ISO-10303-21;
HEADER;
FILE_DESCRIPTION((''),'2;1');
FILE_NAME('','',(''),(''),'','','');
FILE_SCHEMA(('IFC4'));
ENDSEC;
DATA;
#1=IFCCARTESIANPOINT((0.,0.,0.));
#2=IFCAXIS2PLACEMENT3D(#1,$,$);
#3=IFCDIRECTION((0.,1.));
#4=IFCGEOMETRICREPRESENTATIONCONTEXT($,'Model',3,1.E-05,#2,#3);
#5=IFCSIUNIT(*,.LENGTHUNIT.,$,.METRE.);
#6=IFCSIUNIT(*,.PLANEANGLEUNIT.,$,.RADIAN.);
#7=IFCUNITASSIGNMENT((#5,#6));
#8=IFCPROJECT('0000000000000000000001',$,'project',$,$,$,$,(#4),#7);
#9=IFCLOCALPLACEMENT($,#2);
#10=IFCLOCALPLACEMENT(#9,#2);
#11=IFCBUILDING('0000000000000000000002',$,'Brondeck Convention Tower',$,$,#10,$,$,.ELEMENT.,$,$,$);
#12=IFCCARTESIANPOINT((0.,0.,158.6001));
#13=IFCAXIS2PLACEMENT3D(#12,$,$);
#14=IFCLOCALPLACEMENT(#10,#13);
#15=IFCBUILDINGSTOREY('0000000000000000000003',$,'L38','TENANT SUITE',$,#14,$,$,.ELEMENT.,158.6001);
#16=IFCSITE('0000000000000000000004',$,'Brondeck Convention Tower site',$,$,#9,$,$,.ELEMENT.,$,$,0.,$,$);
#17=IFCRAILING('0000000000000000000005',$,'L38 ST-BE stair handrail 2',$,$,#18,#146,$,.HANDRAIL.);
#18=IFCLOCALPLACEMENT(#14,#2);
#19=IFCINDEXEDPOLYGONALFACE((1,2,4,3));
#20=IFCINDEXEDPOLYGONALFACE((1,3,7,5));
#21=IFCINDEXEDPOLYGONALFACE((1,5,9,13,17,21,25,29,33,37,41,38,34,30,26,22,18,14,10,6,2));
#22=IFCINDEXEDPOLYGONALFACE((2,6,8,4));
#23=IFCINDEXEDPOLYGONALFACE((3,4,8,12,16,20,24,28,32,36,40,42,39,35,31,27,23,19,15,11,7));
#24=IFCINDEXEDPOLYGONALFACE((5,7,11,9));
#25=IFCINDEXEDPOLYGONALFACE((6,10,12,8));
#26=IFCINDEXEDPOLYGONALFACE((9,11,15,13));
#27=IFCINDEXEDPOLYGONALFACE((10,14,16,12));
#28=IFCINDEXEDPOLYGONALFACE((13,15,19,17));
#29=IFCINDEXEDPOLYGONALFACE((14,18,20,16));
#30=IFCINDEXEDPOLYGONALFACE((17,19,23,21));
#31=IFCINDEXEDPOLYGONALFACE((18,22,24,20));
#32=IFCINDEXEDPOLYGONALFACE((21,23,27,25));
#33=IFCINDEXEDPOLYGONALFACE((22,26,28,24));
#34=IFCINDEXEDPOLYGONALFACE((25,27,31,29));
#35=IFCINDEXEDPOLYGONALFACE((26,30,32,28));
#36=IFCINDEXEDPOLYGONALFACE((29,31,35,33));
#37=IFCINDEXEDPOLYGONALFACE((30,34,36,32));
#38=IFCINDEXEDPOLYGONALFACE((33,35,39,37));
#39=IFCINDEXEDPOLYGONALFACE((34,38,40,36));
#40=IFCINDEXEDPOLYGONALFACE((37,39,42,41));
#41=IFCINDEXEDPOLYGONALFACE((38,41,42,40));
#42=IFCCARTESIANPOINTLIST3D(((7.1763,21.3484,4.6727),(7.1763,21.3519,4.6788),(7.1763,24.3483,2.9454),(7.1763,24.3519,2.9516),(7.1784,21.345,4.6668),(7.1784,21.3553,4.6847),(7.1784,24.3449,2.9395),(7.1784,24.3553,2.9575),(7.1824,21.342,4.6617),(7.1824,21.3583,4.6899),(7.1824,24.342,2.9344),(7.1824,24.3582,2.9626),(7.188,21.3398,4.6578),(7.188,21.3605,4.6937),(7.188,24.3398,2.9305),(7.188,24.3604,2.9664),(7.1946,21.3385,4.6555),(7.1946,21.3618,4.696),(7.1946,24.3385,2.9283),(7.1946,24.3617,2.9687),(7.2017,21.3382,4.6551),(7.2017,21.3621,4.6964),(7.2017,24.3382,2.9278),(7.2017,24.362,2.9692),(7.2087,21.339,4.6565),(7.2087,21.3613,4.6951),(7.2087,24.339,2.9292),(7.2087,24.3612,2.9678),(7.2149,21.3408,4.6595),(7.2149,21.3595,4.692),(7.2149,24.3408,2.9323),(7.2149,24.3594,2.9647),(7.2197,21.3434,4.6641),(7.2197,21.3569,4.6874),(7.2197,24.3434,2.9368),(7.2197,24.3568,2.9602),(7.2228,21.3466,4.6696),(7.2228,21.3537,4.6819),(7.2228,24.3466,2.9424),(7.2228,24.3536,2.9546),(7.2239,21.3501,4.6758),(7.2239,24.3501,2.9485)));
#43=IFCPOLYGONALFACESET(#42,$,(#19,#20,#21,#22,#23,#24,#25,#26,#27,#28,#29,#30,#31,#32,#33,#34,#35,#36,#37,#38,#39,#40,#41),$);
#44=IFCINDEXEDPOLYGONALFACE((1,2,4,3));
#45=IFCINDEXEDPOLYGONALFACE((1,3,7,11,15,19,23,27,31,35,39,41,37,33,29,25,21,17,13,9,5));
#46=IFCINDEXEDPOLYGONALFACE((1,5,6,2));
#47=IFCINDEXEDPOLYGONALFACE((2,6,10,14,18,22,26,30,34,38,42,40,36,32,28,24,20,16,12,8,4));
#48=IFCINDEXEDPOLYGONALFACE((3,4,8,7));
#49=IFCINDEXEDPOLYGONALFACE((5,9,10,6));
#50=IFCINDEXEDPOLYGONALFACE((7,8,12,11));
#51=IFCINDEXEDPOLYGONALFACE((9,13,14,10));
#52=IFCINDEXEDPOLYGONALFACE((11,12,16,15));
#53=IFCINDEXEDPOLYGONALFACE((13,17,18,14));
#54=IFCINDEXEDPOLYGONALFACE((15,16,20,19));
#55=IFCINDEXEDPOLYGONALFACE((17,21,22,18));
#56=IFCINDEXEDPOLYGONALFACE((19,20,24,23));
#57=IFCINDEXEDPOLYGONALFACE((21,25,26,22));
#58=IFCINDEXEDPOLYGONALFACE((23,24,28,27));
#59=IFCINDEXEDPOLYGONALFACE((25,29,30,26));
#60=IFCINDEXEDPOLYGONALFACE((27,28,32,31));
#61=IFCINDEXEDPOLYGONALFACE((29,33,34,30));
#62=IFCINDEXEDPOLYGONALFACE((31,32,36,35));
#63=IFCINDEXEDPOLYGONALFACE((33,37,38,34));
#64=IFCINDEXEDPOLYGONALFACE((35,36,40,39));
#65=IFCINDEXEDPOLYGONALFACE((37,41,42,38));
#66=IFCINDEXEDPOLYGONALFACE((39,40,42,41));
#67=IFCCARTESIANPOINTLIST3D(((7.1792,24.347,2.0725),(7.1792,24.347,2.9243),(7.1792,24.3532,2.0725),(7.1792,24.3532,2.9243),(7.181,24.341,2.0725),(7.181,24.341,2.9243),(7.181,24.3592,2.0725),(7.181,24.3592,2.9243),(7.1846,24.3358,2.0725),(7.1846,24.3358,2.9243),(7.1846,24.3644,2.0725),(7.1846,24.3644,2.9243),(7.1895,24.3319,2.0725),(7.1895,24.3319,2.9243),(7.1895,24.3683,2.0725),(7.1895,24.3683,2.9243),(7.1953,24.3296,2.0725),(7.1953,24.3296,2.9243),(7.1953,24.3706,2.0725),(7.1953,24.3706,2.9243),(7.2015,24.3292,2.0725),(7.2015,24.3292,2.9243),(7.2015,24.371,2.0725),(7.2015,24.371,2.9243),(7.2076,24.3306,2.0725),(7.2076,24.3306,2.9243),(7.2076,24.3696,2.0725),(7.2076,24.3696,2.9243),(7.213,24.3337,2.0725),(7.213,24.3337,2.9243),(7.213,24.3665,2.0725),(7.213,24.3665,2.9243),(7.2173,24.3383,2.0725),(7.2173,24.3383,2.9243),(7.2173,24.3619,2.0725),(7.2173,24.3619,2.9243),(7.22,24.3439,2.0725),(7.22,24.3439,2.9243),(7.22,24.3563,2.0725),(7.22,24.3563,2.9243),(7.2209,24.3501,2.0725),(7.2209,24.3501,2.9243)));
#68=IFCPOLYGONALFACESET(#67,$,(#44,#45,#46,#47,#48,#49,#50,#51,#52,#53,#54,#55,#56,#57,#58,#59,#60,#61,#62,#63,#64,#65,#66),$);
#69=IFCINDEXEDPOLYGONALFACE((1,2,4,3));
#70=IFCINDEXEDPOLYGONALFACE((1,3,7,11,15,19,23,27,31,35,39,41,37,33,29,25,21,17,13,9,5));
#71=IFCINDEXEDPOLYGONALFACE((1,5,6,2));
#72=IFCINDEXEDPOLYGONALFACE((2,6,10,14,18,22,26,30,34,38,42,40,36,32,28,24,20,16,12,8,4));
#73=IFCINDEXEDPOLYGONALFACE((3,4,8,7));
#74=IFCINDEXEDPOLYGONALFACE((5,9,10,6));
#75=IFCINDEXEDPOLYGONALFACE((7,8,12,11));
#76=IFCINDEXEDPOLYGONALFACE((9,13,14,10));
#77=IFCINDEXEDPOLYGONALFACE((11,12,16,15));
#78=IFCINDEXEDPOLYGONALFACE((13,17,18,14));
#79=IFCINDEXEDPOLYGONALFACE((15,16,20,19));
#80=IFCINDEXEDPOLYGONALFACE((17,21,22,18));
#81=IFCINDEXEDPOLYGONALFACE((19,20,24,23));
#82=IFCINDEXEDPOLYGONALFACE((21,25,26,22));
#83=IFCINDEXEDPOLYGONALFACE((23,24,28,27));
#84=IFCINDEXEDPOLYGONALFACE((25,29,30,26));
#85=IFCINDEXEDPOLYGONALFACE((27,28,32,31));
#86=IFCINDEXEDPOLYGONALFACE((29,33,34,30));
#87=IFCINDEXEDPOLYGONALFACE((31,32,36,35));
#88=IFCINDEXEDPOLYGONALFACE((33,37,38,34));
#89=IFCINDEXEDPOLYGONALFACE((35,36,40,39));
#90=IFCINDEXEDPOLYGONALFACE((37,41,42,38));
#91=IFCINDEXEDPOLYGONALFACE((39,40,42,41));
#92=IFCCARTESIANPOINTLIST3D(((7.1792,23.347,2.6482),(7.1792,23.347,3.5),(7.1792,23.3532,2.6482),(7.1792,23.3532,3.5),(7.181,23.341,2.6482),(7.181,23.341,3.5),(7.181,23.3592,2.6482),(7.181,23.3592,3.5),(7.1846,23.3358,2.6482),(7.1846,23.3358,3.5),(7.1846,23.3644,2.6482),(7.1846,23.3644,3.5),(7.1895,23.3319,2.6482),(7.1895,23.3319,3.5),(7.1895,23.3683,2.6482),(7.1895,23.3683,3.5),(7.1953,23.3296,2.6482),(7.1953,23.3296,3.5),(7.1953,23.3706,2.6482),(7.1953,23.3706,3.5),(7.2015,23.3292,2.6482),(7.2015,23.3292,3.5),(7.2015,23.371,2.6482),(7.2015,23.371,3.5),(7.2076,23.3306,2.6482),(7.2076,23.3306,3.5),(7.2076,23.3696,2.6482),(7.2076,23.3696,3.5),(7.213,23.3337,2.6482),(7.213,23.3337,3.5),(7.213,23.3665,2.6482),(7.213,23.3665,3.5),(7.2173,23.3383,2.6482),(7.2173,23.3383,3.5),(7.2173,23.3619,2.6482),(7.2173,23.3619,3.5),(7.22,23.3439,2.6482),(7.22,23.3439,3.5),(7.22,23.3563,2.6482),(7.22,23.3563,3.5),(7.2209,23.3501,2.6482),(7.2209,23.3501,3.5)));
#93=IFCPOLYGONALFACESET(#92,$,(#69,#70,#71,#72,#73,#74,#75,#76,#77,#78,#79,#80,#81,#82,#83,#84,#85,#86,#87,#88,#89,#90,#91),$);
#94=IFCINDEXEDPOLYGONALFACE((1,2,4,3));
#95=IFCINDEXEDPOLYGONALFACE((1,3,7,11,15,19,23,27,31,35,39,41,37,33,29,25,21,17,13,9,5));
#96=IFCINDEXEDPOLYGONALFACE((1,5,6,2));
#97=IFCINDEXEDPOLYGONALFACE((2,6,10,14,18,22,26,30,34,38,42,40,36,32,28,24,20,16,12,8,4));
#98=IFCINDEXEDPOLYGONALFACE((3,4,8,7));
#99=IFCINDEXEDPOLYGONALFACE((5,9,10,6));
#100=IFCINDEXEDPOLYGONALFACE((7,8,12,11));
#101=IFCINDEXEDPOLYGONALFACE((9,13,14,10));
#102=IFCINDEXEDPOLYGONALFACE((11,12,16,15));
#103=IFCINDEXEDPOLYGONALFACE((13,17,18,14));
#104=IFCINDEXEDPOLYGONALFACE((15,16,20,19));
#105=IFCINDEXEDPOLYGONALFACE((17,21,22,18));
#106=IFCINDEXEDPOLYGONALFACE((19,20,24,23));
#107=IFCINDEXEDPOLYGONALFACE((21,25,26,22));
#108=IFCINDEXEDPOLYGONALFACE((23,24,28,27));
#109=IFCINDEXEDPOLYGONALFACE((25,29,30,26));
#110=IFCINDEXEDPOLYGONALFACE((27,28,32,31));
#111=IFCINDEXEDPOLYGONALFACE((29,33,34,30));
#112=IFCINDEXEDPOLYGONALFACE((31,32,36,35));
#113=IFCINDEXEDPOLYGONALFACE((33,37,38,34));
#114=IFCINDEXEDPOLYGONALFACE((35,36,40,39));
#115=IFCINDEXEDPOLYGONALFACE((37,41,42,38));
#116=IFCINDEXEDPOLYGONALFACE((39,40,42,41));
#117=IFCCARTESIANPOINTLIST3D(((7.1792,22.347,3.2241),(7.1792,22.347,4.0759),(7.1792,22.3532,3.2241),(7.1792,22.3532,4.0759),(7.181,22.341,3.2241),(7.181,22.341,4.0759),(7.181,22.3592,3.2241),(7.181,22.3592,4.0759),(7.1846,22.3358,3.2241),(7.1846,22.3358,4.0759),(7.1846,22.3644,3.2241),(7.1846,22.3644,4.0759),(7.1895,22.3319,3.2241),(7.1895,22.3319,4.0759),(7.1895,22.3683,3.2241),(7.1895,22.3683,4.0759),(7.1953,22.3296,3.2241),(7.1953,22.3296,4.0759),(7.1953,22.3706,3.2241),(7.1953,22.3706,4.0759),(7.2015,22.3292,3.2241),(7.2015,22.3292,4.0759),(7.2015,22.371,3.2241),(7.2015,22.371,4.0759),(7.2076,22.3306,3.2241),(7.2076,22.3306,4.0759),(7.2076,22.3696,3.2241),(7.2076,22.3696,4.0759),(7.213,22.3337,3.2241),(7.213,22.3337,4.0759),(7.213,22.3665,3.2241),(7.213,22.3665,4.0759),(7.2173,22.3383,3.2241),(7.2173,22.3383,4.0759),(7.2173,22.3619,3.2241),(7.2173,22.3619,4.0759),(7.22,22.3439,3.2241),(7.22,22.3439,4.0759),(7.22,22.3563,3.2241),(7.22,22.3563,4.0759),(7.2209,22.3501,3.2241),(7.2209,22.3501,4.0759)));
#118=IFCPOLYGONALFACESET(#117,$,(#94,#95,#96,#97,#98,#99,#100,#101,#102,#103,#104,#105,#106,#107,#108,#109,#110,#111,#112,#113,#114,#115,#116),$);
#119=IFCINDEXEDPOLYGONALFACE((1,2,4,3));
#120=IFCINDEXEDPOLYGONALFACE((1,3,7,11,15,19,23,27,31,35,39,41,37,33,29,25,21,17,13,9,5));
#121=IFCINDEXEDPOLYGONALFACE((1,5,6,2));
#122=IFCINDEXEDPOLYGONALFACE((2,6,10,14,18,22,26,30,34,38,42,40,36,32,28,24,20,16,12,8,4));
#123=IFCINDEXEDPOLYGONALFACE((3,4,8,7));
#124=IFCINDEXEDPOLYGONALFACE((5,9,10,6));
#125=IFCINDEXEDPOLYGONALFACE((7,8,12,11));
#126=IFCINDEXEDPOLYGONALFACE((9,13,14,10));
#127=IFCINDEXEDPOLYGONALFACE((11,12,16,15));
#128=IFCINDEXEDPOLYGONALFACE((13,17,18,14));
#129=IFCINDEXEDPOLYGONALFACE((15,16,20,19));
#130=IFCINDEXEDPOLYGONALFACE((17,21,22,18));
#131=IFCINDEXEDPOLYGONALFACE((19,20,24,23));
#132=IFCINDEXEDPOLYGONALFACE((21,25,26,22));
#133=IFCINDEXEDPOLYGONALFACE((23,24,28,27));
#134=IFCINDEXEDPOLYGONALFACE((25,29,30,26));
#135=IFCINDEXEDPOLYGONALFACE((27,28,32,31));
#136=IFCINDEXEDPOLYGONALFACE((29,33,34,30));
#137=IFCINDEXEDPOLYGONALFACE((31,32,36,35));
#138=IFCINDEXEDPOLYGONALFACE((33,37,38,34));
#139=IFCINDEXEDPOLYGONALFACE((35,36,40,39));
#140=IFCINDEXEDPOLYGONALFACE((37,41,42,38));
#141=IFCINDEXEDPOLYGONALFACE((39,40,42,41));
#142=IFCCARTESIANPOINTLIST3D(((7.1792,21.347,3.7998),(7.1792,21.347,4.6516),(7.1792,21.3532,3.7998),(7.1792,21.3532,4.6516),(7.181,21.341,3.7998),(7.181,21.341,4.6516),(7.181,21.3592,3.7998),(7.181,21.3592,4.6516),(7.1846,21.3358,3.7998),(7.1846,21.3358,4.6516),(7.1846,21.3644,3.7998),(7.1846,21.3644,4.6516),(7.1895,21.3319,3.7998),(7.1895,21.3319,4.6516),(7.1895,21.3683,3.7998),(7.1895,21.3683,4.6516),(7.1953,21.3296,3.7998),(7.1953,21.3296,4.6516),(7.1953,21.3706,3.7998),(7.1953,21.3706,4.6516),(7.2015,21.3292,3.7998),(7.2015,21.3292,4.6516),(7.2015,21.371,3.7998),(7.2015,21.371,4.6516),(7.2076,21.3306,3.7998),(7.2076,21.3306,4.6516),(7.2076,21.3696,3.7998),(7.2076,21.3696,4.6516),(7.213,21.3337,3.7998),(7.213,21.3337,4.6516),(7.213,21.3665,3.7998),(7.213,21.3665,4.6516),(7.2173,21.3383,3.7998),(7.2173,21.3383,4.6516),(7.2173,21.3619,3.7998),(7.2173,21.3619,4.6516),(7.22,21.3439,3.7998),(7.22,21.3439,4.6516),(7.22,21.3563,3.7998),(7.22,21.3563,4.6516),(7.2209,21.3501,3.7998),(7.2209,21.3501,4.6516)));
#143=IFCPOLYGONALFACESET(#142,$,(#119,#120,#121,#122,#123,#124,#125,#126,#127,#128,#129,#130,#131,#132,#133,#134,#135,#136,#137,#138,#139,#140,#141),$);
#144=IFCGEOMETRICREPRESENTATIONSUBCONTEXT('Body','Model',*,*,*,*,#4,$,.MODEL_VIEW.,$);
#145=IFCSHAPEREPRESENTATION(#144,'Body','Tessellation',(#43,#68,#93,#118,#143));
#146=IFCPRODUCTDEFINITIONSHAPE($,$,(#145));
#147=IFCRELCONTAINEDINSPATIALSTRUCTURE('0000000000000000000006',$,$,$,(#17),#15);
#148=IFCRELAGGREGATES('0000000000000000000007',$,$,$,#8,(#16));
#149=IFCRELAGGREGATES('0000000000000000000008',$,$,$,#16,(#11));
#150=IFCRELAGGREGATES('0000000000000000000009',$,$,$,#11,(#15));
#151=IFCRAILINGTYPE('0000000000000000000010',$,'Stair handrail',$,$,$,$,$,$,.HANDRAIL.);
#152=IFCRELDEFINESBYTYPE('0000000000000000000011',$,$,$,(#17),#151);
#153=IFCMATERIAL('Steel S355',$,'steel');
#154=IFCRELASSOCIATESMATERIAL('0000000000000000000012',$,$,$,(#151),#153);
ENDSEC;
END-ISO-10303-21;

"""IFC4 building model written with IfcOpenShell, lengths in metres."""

from ifc_helpers import new_model, si_unit, direction, frame, origin, origin_2d, place, context, subcontext, project, spatial, circle, extrude, material, type_object, element, save


model = new_model("IFC4")

# Units and contexts
model_context = context("Model", 3, precision=1e-05, world=origin(), true_north=direction((0.0, 1.0)))
body_context = subcontext(model_context, "Body", "Model", "MODEL_VIEW")
ifc_project = project(units=[si_unit("LENGTHUNIT", "METRE"), si_unit("PLANEANGLEUNIT", "RADIAN")], contexts=[model_context])

# Site, building, storey
site_placement = place(None, origin())
site = spatial("IfcSite", under=ifc_project, at=site_placement, Name="Brondeck Convention Tower site", CompositionType="ELEMENT", RefElevation=0.0)
building_placement = place(site_placement, origin())
building = spatial("IfcBuilding", under=site, at=building_placement, Name="Brondeck Convention Tower", CompositionType="ELEMENT")
storey_placement = place(building_placement, frame((0.0, 0.0, 158.6001)))
storey = spatial("IfcBuildingStorey", under=building, at=storey_placement, Name="L38", Description="TENANT SUITE", CompositionType="ELEMENT", Elevation=158.6001)

# Shared definitions
ifc_material_1 = material(Name="Steel S355", Category="steel")

# Railing
railing_type_1 = type_object("IfcRailingType", Name="Stair handrail", PredefinedType="HANDRAIL", material=ifc_material_1)
railing_1_placement = place(storey_placement, frame((7.2, 24.3501, 2.0725)))
element("IfcRailing", 1, at=railing_1_placement, inside=storey, type_object=railing_type_1, Name="L38 ST-BE stair handrail 2", PredefinedType="HANDRAIL", context=body_context, shape_type="SweptSolid", body=[
    extrude(circle(Radius=0.0239, at=origin_2d()), frame((0.0, 0.0, 0.876), z_axis=(0.0, -0.86662, 0.498969), x_axis=(1.0, 0.0, 0.0)), (0.0, 0.0, 1.0), 3.4617),
    extrude(circle(Radius=0.021, at=origin_2d()), origin(), (0.0, 0.0, 1.0), 0.8518),
    extrude(circle(Radius=0.021, at=origin_2d()), frame((0.0, -1.0, 0.5757)), (0.0, 0.0, 1.0), 0.8518),
    extrude(circle(Radius=0.021, at=origin_2d()), frame((0.0, -2.0, 1.1516)), (0.0, 0.0, 1.0), 0.8518),
    extrude(circle(Radius=0.021, at=origin_2d()), frame((0.0, -3.0, 1.7273)), (0.0, 0.0, 1.0), 0.8518),
])

save(model, "model.ifc")
